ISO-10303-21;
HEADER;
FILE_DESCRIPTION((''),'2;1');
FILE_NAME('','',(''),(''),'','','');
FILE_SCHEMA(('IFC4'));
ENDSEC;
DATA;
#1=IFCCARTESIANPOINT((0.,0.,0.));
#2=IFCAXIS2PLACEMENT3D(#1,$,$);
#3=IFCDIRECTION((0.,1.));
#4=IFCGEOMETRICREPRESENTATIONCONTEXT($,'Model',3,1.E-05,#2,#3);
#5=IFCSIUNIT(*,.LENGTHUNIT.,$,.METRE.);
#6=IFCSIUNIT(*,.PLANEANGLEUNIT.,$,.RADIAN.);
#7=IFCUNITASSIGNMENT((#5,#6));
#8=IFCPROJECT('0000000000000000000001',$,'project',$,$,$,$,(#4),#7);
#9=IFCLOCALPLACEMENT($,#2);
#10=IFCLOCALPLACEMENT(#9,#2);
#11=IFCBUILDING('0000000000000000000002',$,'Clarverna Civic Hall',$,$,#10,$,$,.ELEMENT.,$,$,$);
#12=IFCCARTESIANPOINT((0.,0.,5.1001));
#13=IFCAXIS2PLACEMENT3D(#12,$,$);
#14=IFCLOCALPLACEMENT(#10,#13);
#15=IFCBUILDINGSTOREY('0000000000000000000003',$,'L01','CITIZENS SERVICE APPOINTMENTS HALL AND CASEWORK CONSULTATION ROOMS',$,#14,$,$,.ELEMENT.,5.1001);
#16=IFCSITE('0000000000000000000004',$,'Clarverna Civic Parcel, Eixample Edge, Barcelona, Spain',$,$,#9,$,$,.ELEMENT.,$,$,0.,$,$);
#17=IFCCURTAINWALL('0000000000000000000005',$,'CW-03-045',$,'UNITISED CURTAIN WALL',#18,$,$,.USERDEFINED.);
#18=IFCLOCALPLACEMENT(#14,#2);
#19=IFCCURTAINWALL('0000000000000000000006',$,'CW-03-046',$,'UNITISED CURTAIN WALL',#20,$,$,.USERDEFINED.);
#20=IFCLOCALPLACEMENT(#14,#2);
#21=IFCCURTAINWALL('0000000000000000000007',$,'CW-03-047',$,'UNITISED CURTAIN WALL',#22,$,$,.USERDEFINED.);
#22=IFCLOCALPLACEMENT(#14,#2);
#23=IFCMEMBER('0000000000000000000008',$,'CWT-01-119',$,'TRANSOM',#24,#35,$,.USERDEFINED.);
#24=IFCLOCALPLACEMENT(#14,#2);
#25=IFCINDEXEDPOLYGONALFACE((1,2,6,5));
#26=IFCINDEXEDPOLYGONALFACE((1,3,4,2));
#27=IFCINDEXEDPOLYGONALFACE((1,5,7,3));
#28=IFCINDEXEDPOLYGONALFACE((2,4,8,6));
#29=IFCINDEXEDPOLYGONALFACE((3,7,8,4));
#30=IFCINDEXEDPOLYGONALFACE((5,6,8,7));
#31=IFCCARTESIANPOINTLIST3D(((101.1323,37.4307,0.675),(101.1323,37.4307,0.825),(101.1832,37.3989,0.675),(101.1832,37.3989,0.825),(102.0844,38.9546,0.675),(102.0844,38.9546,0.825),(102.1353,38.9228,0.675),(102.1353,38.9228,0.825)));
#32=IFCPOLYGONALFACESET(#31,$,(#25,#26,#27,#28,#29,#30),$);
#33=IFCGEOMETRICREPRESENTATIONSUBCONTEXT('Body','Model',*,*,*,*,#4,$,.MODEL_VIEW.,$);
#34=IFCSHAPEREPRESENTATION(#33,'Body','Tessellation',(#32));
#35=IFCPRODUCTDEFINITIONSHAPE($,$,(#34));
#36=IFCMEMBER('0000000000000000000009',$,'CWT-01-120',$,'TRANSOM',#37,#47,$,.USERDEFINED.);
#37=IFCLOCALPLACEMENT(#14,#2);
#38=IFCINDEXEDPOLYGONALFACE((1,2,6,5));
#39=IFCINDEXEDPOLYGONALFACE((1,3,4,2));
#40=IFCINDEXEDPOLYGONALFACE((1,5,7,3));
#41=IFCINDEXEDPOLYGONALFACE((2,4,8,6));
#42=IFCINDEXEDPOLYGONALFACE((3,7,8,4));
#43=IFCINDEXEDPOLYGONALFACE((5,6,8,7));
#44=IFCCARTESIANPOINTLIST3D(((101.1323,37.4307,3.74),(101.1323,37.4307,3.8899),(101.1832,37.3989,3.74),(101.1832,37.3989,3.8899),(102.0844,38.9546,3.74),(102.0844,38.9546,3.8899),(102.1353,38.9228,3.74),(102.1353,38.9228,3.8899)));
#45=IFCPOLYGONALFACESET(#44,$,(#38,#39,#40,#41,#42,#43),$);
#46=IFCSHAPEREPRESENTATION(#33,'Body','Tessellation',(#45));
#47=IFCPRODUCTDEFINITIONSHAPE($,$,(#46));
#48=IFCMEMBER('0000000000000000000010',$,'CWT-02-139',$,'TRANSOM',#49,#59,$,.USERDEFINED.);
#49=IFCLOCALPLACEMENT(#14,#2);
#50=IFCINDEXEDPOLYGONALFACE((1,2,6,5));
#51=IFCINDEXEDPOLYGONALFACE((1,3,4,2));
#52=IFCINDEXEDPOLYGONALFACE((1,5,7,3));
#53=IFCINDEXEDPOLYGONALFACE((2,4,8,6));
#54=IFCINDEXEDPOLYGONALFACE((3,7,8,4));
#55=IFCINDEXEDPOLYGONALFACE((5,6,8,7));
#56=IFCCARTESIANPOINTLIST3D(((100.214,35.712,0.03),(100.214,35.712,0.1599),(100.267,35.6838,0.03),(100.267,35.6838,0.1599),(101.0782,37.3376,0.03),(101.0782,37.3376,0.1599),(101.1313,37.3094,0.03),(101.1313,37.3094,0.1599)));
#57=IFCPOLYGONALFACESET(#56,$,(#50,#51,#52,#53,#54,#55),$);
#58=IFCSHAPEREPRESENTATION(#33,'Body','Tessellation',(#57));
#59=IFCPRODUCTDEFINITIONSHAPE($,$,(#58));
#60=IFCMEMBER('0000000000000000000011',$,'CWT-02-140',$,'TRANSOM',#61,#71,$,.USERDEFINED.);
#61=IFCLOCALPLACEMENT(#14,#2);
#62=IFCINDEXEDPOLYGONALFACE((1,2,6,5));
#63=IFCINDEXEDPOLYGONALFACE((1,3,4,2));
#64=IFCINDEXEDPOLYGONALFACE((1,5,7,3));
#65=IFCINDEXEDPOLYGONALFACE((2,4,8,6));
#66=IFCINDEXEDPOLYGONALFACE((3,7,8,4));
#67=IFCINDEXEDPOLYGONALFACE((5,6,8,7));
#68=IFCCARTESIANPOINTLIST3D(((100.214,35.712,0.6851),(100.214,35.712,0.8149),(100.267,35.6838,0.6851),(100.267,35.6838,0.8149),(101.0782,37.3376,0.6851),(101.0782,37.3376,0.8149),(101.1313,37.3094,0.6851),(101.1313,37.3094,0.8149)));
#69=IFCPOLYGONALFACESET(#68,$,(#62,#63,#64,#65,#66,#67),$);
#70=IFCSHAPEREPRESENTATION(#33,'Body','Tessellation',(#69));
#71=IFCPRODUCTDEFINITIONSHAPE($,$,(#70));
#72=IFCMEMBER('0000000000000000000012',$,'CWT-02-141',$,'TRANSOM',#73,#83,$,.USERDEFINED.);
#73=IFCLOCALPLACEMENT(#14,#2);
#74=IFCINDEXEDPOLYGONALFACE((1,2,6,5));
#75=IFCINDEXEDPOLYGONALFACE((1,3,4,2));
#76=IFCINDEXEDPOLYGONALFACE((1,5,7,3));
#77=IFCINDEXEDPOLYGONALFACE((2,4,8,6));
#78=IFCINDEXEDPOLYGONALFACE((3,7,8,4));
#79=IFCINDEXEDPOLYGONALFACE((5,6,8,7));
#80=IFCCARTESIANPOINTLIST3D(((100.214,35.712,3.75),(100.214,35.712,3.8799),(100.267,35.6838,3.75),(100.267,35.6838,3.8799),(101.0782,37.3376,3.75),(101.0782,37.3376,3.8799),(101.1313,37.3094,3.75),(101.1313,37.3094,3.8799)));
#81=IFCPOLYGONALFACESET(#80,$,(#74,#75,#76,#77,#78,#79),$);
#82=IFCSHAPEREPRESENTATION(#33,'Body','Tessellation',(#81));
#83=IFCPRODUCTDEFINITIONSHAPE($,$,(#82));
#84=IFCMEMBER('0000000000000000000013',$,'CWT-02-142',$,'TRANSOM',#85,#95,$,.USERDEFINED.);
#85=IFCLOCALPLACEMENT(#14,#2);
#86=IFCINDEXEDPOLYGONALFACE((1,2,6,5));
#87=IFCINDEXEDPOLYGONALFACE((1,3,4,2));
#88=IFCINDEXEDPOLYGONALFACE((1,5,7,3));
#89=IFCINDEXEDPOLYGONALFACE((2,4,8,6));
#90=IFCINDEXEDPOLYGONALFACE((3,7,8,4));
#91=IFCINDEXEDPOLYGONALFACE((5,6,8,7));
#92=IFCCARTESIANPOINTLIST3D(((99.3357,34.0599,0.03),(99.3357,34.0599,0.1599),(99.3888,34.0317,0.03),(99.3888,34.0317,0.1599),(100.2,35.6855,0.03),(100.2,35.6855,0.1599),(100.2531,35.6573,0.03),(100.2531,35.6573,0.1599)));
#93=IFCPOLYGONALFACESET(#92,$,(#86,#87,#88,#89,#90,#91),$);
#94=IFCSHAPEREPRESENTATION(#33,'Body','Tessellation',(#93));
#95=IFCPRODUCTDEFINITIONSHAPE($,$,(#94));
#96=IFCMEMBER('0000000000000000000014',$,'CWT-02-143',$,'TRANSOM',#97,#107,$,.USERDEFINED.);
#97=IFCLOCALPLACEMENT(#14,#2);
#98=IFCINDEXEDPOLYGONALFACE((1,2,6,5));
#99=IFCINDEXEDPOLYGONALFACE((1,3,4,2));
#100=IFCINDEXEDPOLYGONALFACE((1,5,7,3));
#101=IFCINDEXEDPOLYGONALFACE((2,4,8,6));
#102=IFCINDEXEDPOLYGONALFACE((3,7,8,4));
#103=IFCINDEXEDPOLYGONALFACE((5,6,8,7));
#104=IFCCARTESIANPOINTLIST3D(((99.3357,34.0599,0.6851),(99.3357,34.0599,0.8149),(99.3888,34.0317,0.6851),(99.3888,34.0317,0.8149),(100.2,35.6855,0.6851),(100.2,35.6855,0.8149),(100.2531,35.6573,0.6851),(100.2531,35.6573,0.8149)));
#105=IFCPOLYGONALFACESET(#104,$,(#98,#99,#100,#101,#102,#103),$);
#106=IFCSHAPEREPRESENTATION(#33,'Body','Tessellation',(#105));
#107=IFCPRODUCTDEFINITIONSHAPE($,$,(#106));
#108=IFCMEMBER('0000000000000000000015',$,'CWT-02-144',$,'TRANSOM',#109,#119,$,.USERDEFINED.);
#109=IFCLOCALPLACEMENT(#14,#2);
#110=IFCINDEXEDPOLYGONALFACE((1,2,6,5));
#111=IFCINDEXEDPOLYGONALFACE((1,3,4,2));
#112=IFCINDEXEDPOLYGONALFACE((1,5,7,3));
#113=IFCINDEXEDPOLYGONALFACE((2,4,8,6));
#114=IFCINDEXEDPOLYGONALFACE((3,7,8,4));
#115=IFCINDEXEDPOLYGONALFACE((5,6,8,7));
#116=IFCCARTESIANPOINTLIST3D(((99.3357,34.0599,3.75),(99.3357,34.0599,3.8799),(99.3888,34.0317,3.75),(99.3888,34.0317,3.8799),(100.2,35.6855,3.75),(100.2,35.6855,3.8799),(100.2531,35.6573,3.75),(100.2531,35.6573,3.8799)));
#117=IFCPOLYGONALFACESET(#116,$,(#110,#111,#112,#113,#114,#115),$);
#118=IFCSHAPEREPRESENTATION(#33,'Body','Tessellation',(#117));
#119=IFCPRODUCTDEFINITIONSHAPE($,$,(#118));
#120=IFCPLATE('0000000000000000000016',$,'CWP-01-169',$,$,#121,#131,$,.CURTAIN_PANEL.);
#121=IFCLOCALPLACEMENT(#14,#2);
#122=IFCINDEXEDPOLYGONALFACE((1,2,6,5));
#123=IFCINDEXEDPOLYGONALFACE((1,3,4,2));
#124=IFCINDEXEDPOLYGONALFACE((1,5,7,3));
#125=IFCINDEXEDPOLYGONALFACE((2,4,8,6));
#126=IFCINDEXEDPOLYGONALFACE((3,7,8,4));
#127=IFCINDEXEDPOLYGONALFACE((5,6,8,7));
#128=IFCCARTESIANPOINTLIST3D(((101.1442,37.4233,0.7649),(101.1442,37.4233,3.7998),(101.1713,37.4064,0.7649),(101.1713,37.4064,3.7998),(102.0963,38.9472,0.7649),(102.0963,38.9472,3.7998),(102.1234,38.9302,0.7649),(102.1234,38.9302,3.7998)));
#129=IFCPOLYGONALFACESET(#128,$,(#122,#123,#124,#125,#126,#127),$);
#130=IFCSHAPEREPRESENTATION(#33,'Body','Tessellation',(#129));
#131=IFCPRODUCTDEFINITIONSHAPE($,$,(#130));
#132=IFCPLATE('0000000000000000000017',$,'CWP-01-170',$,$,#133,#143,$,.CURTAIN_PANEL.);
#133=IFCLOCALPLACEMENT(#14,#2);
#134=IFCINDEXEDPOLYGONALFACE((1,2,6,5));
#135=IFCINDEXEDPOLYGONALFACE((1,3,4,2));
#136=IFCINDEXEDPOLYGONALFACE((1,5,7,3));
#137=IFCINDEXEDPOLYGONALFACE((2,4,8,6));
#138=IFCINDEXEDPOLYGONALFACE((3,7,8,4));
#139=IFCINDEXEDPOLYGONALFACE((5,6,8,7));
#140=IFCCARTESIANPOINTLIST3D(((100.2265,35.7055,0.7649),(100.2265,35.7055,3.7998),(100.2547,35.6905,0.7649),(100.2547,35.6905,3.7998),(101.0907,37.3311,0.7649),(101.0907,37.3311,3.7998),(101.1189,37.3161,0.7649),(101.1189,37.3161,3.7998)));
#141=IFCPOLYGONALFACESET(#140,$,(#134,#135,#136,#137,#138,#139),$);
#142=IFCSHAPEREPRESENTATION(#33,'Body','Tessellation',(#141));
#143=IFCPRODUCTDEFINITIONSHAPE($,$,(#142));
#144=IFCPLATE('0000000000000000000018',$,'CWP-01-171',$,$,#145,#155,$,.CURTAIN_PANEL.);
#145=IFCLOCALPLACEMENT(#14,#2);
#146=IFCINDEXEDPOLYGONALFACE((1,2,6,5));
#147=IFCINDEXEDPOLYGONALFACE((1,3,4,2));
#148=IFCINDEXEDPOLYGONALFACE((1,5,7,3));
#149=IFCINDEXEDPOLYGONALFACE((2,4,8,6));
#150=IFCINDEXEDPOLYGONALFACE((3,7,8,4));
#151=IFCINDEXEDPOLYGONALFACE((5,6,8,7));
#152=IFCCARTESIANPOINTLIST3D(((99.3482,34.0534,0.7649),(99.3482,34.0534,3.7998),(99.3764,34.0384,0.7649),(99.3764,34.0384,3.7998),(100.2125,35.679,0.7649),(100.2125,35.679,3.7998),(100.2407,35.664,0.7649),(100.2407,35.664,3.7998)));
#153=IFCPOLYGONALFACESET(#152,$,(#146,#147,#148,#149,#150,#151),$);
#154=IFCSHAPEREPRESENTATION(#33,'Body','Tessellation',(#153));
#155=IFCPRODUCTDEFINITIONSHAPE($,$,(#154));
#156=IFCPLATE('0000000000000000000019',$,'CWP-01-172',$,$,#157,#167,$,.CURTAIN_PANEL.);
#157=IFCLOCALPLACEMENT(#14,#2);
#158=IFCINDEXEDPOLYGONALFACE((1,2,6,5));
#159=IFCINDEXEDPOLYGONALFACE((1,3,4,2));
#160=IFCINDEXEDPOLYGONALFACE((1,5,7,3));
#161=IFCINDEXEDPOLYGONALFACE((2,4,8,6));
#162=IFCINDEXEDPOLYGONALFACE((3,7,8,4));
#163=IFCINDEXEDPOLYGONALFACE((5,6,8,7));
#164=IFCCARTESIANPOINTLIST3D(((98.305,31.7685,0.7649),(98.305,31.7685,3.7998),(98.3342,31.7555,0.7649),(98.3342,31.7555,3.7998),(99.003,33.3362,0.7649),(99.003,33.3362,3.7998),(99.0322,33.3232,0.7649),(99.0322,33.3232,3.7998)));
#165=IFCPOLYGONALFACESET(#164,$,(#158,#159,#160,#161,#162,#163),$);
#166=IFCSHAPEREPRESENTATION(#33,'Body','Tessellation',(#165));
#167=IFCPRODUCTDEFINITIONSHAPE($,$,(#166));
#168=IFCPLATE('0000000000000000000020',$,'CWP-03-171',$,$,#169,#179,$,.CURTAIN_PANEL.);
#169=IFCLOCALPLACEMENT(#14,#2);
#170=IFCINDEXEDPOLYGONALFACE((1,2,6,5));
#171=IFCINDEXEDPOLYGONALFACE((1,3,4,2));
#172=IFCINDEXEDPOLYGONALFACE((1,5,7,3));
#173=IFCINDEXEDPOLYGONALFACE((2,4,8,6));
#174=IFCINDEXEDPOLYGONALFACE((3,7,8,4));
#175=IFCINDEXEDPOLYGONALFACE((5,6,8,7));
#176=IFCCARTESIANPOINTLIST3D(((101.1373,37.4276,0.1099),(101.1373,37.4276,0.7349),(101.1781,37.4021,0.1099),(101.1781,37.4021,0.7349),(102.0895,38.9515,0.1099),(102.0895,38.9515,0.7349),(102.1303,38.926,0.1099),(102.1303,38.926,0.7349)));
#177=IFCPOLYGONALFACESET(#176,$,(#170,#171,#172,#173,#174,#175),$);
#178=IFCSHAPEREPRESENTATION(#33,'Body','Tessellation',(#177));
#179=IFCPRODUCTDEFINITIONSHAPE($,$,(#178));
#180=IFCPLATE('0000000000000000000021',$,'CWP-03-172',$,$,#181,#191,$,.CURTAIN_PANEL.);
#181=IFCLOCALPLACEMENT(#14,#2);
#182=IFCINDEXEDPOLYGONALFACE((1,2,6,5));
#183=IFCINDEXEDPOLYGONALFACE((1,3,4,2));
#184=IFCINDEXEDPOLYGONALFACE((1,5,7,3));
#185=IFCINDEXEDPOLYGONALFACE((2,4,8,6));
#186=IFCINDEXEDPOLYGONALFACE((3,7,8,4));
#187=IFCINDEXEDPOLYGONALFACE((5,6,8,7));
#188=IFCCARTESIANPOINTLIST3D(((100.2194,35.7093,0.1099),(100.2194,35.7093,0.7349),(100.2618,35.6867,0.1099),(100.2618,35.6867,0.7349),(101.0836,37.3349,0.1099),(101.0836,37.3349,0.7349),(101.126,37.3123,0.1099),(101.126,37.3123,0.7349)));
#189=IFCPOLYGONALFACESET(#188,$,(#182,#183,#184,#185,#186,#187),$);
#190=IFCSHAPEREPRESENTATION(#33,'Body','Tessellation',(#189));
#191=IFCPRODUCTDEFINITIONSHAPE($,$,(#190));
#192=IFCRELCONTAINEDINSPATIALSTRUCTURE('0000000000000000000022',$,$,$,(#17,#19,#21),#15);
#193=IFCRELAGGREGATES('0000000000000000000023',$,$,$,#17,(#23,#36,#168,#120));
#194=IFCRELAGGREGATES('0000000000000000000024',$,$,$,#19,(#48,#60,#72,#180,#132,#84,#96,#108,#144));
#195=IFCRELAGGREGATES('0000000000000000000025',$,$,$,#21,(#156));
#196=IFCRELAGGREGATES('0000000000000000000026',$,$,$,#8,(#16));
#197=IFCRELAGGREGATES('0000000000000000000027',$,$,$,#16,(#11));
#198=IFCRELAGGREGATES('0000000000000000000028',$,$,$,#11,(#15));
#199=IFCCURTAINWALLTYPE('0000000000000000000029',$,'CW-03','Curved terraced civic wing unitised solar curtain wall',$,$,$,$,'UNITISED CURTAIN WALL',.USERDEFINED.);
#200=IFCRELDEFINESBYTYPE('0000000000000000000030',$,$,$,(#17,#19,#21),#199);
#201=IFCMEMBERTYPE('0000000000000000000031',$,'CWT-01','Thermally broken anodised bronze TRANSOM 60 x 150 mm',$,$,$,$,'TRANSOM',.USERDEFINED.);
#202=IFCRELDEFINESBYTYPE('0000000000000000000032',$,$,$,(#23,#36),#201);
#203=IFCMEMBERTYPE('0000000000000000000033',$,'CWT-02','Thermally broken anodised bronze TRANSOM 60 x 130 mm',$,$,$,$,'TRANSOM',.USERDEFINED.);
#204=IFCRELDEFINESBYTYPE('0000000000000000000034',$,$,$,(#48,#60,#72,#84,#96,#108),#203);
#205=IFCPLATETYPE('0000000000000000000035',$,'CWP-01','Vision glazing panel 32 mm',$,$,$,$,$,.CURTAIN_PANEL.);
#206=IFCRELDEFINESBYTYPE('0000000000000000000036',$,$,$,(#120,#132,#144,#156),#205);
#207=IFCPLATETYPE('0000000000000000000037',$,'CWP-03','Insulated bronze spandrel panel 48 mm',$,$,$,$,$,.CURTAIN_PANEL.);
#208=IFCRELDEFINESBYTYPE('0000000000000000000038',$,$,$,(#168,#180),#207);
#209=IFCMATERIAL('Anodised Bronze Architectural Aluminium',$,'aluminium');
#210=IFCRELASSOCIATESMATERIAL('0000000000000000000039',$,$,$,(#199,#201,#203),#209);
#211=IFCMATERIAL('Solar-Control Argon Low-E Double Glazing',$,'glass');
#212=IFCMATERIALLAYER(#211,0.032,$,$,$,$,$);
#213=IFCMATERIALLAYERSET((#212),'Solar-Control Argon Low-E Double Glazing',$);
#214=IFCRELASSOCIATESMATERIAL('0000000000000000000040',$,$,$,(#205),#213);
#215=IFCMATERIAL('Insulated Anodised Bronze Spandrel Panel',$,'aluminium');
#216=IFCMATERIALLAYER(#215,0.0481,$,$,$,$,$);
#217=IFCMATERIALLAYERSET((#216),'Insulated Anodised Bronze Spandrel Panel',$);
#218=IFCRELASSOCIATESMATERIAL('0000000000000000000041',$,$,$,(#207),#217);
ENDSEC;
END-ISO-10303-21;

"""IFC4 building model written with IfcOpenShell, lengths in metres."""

from ifc_helpers import new_model, si_unit, direction, frame, frame_2d, origin, origin_2d, place, context, subcontext, project, spatial, rectangle, extrude, material, layer, layer_set, material_profile, profile_set, type_object, element, aggregate, save


model = new_model("IFC4")

# Units and contexts
model_context = context("Model", 3, precision=1e-05, world=origin(), true_north=direction((0.0, 1.0)))
body_context = subcontext(model_context, "Body", "Model", "MODEL_VIEW")
ifc_project = project(units=[si_unit("LENGTHUNIT", "METRE"), si_unit("PLANEANGLEUNIT", "RADIAN")], contexts=[model_context])

# Site, building, storey
site_placement = place(None, origin())
site = spatial("IfcSite", under=ifc_project, at=site_placement, Name="Clarverna Civic Parcel, Eixample Edge, Barcelona, Spain", CompositionType="ELEMENT", RefElevation=0.0)
building_placement = place(site_placement, origin())
building = spatial("IfcBuilding", under=site, at=building_placement, Name="Clarverna Civic Hall", CompositionType="ELEMENT")
storey_placement = place(building_placement, frame((0.0, 0.0, 5.1001)))
storey = spatial("IfcBuildingStorey", under=building, at=storey_placement, Name="L01", Description="CITIZENS SERVICE APPOINTMENTS HALL AND CASEWORK CONSULTATION ROOMS", CompositionType="ELEMENT", Elevation=5.1001)

# Curtain walls
ifc_material_1 = material(Name="Anodised Bronze Architectural Aluminium", Category="aluminium")
curtain_wall_type = type_object("IfcCurtainWallType", Name="CW-03", Description="Curved terraced civic wing unitised solar curtain wall", ElementType="UNITISED CURTAIN WALL", PredefinedType="USERDEFINED", material=ifc_material_1)
curtain_wall_1_placement = place(storey_placement, origin())
curtain_wall_1 = element("IfcCurtainWall", 1, at=curtain_wall_1_placement, inside=storey, type_object=curtain_wall_type, Name="CW-03-045", ObjectType="UNITISED CURTAIN WALL", PredefinedType="USERDEFINED")
curtain_wall_2_placement = place(storey_placement, origin())
curtain_wall_2 = element("IfcCurtainWall", 2, at=curtain_wall_2_placement, inside=storey, type_object=curtain_wall_type, Name="CW-03-046", ObjectType="UNITISED CURTAIN WALL", PredefinedType="USERDEFINED")

# Curtain wall
curtain_wall_3_placement = place(storey_placement, origin())
curtain_wall_3 = element("IfcCurtainWall", 3, at=curtain_wall_3_placement, inside=storey, type_object=curtain_wall_type, Name="CW-03-047", ObjectType="UNITISED CURTAIN WALL", PredefinedType="USERDEFINED")

# Members
ifc_material_profile_1 = material_profile(ifc_material_1, rectangle(XDim=0.0601, YDim=0.1499, at=origin_2d()), Name="BRONZE 60x150")
ifc_profile_set_1 = profile_set([ifc_material_profile_1], Name="Anodised Bronze Architectural Aluminium")
member_type_1 = type_object("IfcMemberType", Name="CWT-01", Description="Thermally broken anodised bronze TRANSOM 60 x 150 mm", ElementType="TRANSOM", PredefinedType="USERDEFINED", material=ifc_profile_set_1)
member_1_placement = place(storey_placement, frame((102.1099, 38.9387, 0.75), z_axis=(-0.529877, -0.848075, 0.0), x_axis=(0.848075, -0.529877, 0.0)))
member_1 = element("IfcMember", 4, at=member_1_placement, type_object=member_type_1, Name="CWT-01-119", ObjectType="TRANSOM", PredefinedType="USERDEFINED", context=body_context, shape_type="SweptSolid", body=[
    extrude(rectangle(XDim=0.0601, YDim=0.1499, at=origin_2d()), origin(), (0.0, 0.0, 1.0), 1.7969),
])
member_2_placement = place(storey_placement, frame((102.1099, 38.9387, 3.8149), z_axis=(-0.529877, -0.848075, 0.0), x_axis=(0.848075, -0.529877, 0.0)))
member_2 = element("IfcMember", 5, at=member_2_placement, type_object=member_type_1, Name="CWT-01-120", ObjectType="TRANSOM", PredefinedType="USERDEFINED", context=body_context, shape_type="SweptSolid", body=[
    extrude(rectangle(XDim=0.0601, YDim=0.1499, at=origin_2d()), origin(), (0.0, 0.0, 1.0), 1.7969),
])
ifc_material_profile_2 = material_profile(ifc_material_1, rectangle(XDim=0.0601, YDim=0.1299, at=origin_2d()), Name="BRONZE 60x130")
ifc_profile_set_2 = profile_set([ifc_material_profile_2], Name="Anodised Bronze Architectural Aluminium")
member_type_2 = type_object("IfcMemberType", Name="CWT-02", Description="Thermally broken anodised bronze TRANSOM 60 x 130 mm", ElementType="TRANSOM", PredefinedType="USERDEFINED", material=ifc_profile_set_2)
member_3_placement = place(storey_placement, frame((101.1047, 37.3235, 0.095), z_axis=(-0.469404, -0.882983, 0.0), x_axis=(0.882983, -0.469404, 0.0)))
member_3 = element("IfcMember", 6, at=member_3_placement, type_object=member_type_2, Name="CWT-02-139", ObjectType="TRANSOM", PredefinedType="USERDEFINED", context=body_context, shape_type="SweptSolid", body=[
    extrude(rectangle(XDim=0.0601, YDim=0.1299, at=origin_2d()), origin(), (0.0, 0.0, 1.0), 1.8411),
])
member_4_placement = place(storey_placement, frame((101.1047, 37.3235, 0.75), z_axis=(-0.469404, -0.882983, 0.0), x_axis=(0.882983, -0.469404, 0.0)))
member_4 = element("IfcMember", 7, at=member_4_placement, type_object=member_type_2, Name="CWT-02-140", ObjectType="TRANSOM", PredefinedType="USERDEFINED", context=body_context, shape_type="SweptSolid", body=[
    extrude(rectangle(XDim=0.0601, YDim=0.1299, at=origin_2d()), origin(), (0.0, 0.0, 1.0), 1.8411),
])
member_5_placement = place(storey_placement, frame((101.1047, 37.3235, 3.8149), z_axis=(-0.469404, -0.882983, 0.0), x_axis=(0.882983, -0.469404, 0.0)))
member_5 = element("IfcMember", 8, at=member_5_placement, type_object=member_type_2, Name="CWT-02-141", ObjectType="TRANSOM", PredefinedType="USERDEFINED", context=body_context, shape_type="SweptSolid", body=[
    extrude(rectangle(XDim=0.0601, YDim=0.1299, at=origin_2d()), origin(), (0.0, 0.0, 1.0), 1.8411),
])
member_6_placement = place(storey_placement, frame((100.2266, 35.6714, 0.095), z_axis=(-0.469459, -0.882954, 0.0), x_axis=(0.882954, -0.469459, 0.0)))
member_6 = element("IfcMember", 9, at=member_6_placement, type_object=member_type_2, Name="CWT-02-142", ObjectType="TRANSOM", PredefinedType="USERDEFINED", context=body_context, shape_type="SweptSolid", body=[
    extrude(rectangle(XDim=0.0601, YDim=0.1299, at=origin_2d()), origin(), (0.0, 0.0, 1.0), 1.8411),
])
member_7_placement = place(storey_placement, frame((100.2266, 35.6714, 0.75), z_axis=(-0.469459, -0.882954, 0.0), x_axis=(0.882954, -0.469459, 0.0)))
member_7 = element("IfcMember", 10, at=member_7_placement, type_object=member_type_2, Name="CWT-02-143", ObjectType="TRANSOM", PredefinedType="USERDEFINED", context=body_context, shape_type="SweptSolid", body=[
    extrude(rectangle(XDim=0.0601, YDim=0.1299, at=origin_2d()), origin(), (0.0, 0.0, 1.0), 1.8411),
])
member_8_placement = place(storey_placement, frame((100.2266, 35.6714, 3.8149), z_axis=(-0.469459, -0.882954, 0.0), x_axis=(0.882954, -0.469459, 0.0)))
member_8 = element("IfcMember", 11, at=member_8_placement, type_object=member_type_2, Name="CWT-02-144", ObjectType="TRANSOM", PredefinedType="USERDEFINED", context=body_context, shape_type="SweptSolid", body=[
    extrude(rectangle(XDim=0.0601, YDim=0.1299, at=origin_2d()), origin(), (0.0, 0.0, 1.0), 1.8411),
])

# Plates
ifc_material_2 = material(Name="Solar-Control Argon Low-E Double Glazing", Category="glass")
ifc_layer_1 = layer(ifc_material_2, 0.032)
ifc_layer_set_1 = layer_set([ifc_layer_1], Name="Solar-Control Argon Low-E Double Glazing")
plate_type_1 = type_object("IfcPlateType", Name="CWP-01", Description="Vision glazing panel 32 mm", PredefinedType="CURTAIN_PANEL", material=ifc_layer_set_1)
plate_1_placement = place(storey_placement, frame((102.1099, 38.9387, 0.7649), z_axis=(0.0, 0.0, 1.0), x_axis=(-0.529877, -0.848075, 0.0)))
plate_1 = element("IfcPlate", 12, at=plate_1_placement, type_object=plate_type_1, Name="CWP-01-169", PredefinedType="CURTAIN_PANEL", context=body_context, shape_type="SweptSolid", body=[
    extrude(rectangle(XDim=1.7969, YDim=0.032, at=frame_2d((0.8984, 0.0))), origin(), (0.0, 0.0, 1.0), 3.0349),
])
plate_2_placement = place(storey_placement, frame((101.1047, 37.3235, 0.7649), z_axis=(0.0, 0.0, 1.0), x_axis=(-0.469404, -0.882983, 0.0)))
plate_2 = element("IfcPlate", 13, at=plate_2_placement, type_object=plate_type_1, Name="CWP-01-170", PredefinedType="CURTAIN_PANEL", context=body_context, shape_type="SweptSolid", body=[
    extrude(rectangle(XDim=1.8411, YDim=0.032, at=frame_2d((0.9204, 0.0))), origin(), (0.0, 0.0, 1.0), 3.0349),
])
plate_3_placement = place(storey_placement, frame((100.2266, 35.6714, 0.7649), z_axis=(0.0, 0.0, 1.0), x_axis=(-0.469459, -0.882954, 0.0)))
plate_3 = element("IfcPlate", 14, at=plate_3_placement, type_object=plate_type_1, Name="CWP-01-171", PredefinedType="CURTAIN_PANEL", context=body_context, shape_type="SweptSolid", body=[
    extrude(rectangle(XDim=1.8411, YDim=0.032, at=frame_2d((0.9204, 0.0))), origin(), (0.0, 0.0, 1.0), 3.0349),
])
plate_4_placement = place(storey_placement, frame((99.0176, 33.3296, 0.7649), z_axis=(0.0, 0.0, 1.0), x_axis=(-0.406759, -0.913536, 0.0)))
plate_4 = element("IfcPlate", 15, at=plate_4_placement, type_object=plate_type_1, Name="CWP-01-172", PredefinedType="CURTAIN_PANEL", context=body_context, shape_type="SweptSolid", body=[
    extrude(rectangle(XDim=1.7161, YDim=0.032, at=frame_2d((0.8579, 0.0))), origin(), (0.0, 0.0, 1.0), 3.0349),
])
ifc_material_3 = material(Name="Insulated Anodised Bronze Spandrel Panel", Category="aluminium")
ifc_layer_2 = layer(ifc_material_3, 0.0481)
ifc_layer_set_2 = layer_set([ifc_layer_2], Name="Insulated Anodised Bronze Spandrel Panel")
plate_type_2 = type_object("IfcPlateType", Name="CWP-03", Description="Insulated bronze spandrel panel 48 mm", PredefinedType="CURTAIN_PANEL", material=ifc_layer_set_2)
plate_5_placement = place(storey_placement, frame((102.1099, 38.9387, 0.1099), z_axis=(0.0, 0.0, 1.0), x_axis=(-0.529877, -0.848075, 0.0)))
plate_5 = element("IfcPlate", 16, at=plate_5_placement, type_object=plate_type_2, Name="CWP-03-171", PredefinedType="CURTAIN_PANEL", context=body_context, shape_type="SweptSolid", body=[
    extrude(rectangle(XDim=1.7969, YDim=0.0481, at=frame_2d((0.8984, 0.0))), origin(), (0.0, 0.0, 1.0), 0.625),
])
aggregate(curtain_wall_1, [member_1, member_2, plate_5, plate_1])
plate_6_placement = place(storey_placement, frame((101.1047, 37.3235, 0.1099), z_axis=(0.0, 0.0, 1.0), x_axis=(-0.469404, -0.882983, 0.0)))
plate_6 = element("IfcPlate", 17, at=plate_6_placement, type_object=plate_type_2, Name="CWP-03-172", PredefinedType="CURTAIN_PANEL", context=body_context, shape_type="SweptSolid", body=[
    extrude(rectangle(XDim=1.8411, YDim=0.0481, at=frame_2d((0.9204, 0.0))), origin(), (0.0, 0.0, 1.0), 0.625),
])
aggregate(curtain_wall_2, [member_3, member_4, member_5, plate_6, plate_2, member_6, member_7, member_8, plate_3])
aggregate(curtain_wall_3, [plate_4])

save(model, "model.ifc")
